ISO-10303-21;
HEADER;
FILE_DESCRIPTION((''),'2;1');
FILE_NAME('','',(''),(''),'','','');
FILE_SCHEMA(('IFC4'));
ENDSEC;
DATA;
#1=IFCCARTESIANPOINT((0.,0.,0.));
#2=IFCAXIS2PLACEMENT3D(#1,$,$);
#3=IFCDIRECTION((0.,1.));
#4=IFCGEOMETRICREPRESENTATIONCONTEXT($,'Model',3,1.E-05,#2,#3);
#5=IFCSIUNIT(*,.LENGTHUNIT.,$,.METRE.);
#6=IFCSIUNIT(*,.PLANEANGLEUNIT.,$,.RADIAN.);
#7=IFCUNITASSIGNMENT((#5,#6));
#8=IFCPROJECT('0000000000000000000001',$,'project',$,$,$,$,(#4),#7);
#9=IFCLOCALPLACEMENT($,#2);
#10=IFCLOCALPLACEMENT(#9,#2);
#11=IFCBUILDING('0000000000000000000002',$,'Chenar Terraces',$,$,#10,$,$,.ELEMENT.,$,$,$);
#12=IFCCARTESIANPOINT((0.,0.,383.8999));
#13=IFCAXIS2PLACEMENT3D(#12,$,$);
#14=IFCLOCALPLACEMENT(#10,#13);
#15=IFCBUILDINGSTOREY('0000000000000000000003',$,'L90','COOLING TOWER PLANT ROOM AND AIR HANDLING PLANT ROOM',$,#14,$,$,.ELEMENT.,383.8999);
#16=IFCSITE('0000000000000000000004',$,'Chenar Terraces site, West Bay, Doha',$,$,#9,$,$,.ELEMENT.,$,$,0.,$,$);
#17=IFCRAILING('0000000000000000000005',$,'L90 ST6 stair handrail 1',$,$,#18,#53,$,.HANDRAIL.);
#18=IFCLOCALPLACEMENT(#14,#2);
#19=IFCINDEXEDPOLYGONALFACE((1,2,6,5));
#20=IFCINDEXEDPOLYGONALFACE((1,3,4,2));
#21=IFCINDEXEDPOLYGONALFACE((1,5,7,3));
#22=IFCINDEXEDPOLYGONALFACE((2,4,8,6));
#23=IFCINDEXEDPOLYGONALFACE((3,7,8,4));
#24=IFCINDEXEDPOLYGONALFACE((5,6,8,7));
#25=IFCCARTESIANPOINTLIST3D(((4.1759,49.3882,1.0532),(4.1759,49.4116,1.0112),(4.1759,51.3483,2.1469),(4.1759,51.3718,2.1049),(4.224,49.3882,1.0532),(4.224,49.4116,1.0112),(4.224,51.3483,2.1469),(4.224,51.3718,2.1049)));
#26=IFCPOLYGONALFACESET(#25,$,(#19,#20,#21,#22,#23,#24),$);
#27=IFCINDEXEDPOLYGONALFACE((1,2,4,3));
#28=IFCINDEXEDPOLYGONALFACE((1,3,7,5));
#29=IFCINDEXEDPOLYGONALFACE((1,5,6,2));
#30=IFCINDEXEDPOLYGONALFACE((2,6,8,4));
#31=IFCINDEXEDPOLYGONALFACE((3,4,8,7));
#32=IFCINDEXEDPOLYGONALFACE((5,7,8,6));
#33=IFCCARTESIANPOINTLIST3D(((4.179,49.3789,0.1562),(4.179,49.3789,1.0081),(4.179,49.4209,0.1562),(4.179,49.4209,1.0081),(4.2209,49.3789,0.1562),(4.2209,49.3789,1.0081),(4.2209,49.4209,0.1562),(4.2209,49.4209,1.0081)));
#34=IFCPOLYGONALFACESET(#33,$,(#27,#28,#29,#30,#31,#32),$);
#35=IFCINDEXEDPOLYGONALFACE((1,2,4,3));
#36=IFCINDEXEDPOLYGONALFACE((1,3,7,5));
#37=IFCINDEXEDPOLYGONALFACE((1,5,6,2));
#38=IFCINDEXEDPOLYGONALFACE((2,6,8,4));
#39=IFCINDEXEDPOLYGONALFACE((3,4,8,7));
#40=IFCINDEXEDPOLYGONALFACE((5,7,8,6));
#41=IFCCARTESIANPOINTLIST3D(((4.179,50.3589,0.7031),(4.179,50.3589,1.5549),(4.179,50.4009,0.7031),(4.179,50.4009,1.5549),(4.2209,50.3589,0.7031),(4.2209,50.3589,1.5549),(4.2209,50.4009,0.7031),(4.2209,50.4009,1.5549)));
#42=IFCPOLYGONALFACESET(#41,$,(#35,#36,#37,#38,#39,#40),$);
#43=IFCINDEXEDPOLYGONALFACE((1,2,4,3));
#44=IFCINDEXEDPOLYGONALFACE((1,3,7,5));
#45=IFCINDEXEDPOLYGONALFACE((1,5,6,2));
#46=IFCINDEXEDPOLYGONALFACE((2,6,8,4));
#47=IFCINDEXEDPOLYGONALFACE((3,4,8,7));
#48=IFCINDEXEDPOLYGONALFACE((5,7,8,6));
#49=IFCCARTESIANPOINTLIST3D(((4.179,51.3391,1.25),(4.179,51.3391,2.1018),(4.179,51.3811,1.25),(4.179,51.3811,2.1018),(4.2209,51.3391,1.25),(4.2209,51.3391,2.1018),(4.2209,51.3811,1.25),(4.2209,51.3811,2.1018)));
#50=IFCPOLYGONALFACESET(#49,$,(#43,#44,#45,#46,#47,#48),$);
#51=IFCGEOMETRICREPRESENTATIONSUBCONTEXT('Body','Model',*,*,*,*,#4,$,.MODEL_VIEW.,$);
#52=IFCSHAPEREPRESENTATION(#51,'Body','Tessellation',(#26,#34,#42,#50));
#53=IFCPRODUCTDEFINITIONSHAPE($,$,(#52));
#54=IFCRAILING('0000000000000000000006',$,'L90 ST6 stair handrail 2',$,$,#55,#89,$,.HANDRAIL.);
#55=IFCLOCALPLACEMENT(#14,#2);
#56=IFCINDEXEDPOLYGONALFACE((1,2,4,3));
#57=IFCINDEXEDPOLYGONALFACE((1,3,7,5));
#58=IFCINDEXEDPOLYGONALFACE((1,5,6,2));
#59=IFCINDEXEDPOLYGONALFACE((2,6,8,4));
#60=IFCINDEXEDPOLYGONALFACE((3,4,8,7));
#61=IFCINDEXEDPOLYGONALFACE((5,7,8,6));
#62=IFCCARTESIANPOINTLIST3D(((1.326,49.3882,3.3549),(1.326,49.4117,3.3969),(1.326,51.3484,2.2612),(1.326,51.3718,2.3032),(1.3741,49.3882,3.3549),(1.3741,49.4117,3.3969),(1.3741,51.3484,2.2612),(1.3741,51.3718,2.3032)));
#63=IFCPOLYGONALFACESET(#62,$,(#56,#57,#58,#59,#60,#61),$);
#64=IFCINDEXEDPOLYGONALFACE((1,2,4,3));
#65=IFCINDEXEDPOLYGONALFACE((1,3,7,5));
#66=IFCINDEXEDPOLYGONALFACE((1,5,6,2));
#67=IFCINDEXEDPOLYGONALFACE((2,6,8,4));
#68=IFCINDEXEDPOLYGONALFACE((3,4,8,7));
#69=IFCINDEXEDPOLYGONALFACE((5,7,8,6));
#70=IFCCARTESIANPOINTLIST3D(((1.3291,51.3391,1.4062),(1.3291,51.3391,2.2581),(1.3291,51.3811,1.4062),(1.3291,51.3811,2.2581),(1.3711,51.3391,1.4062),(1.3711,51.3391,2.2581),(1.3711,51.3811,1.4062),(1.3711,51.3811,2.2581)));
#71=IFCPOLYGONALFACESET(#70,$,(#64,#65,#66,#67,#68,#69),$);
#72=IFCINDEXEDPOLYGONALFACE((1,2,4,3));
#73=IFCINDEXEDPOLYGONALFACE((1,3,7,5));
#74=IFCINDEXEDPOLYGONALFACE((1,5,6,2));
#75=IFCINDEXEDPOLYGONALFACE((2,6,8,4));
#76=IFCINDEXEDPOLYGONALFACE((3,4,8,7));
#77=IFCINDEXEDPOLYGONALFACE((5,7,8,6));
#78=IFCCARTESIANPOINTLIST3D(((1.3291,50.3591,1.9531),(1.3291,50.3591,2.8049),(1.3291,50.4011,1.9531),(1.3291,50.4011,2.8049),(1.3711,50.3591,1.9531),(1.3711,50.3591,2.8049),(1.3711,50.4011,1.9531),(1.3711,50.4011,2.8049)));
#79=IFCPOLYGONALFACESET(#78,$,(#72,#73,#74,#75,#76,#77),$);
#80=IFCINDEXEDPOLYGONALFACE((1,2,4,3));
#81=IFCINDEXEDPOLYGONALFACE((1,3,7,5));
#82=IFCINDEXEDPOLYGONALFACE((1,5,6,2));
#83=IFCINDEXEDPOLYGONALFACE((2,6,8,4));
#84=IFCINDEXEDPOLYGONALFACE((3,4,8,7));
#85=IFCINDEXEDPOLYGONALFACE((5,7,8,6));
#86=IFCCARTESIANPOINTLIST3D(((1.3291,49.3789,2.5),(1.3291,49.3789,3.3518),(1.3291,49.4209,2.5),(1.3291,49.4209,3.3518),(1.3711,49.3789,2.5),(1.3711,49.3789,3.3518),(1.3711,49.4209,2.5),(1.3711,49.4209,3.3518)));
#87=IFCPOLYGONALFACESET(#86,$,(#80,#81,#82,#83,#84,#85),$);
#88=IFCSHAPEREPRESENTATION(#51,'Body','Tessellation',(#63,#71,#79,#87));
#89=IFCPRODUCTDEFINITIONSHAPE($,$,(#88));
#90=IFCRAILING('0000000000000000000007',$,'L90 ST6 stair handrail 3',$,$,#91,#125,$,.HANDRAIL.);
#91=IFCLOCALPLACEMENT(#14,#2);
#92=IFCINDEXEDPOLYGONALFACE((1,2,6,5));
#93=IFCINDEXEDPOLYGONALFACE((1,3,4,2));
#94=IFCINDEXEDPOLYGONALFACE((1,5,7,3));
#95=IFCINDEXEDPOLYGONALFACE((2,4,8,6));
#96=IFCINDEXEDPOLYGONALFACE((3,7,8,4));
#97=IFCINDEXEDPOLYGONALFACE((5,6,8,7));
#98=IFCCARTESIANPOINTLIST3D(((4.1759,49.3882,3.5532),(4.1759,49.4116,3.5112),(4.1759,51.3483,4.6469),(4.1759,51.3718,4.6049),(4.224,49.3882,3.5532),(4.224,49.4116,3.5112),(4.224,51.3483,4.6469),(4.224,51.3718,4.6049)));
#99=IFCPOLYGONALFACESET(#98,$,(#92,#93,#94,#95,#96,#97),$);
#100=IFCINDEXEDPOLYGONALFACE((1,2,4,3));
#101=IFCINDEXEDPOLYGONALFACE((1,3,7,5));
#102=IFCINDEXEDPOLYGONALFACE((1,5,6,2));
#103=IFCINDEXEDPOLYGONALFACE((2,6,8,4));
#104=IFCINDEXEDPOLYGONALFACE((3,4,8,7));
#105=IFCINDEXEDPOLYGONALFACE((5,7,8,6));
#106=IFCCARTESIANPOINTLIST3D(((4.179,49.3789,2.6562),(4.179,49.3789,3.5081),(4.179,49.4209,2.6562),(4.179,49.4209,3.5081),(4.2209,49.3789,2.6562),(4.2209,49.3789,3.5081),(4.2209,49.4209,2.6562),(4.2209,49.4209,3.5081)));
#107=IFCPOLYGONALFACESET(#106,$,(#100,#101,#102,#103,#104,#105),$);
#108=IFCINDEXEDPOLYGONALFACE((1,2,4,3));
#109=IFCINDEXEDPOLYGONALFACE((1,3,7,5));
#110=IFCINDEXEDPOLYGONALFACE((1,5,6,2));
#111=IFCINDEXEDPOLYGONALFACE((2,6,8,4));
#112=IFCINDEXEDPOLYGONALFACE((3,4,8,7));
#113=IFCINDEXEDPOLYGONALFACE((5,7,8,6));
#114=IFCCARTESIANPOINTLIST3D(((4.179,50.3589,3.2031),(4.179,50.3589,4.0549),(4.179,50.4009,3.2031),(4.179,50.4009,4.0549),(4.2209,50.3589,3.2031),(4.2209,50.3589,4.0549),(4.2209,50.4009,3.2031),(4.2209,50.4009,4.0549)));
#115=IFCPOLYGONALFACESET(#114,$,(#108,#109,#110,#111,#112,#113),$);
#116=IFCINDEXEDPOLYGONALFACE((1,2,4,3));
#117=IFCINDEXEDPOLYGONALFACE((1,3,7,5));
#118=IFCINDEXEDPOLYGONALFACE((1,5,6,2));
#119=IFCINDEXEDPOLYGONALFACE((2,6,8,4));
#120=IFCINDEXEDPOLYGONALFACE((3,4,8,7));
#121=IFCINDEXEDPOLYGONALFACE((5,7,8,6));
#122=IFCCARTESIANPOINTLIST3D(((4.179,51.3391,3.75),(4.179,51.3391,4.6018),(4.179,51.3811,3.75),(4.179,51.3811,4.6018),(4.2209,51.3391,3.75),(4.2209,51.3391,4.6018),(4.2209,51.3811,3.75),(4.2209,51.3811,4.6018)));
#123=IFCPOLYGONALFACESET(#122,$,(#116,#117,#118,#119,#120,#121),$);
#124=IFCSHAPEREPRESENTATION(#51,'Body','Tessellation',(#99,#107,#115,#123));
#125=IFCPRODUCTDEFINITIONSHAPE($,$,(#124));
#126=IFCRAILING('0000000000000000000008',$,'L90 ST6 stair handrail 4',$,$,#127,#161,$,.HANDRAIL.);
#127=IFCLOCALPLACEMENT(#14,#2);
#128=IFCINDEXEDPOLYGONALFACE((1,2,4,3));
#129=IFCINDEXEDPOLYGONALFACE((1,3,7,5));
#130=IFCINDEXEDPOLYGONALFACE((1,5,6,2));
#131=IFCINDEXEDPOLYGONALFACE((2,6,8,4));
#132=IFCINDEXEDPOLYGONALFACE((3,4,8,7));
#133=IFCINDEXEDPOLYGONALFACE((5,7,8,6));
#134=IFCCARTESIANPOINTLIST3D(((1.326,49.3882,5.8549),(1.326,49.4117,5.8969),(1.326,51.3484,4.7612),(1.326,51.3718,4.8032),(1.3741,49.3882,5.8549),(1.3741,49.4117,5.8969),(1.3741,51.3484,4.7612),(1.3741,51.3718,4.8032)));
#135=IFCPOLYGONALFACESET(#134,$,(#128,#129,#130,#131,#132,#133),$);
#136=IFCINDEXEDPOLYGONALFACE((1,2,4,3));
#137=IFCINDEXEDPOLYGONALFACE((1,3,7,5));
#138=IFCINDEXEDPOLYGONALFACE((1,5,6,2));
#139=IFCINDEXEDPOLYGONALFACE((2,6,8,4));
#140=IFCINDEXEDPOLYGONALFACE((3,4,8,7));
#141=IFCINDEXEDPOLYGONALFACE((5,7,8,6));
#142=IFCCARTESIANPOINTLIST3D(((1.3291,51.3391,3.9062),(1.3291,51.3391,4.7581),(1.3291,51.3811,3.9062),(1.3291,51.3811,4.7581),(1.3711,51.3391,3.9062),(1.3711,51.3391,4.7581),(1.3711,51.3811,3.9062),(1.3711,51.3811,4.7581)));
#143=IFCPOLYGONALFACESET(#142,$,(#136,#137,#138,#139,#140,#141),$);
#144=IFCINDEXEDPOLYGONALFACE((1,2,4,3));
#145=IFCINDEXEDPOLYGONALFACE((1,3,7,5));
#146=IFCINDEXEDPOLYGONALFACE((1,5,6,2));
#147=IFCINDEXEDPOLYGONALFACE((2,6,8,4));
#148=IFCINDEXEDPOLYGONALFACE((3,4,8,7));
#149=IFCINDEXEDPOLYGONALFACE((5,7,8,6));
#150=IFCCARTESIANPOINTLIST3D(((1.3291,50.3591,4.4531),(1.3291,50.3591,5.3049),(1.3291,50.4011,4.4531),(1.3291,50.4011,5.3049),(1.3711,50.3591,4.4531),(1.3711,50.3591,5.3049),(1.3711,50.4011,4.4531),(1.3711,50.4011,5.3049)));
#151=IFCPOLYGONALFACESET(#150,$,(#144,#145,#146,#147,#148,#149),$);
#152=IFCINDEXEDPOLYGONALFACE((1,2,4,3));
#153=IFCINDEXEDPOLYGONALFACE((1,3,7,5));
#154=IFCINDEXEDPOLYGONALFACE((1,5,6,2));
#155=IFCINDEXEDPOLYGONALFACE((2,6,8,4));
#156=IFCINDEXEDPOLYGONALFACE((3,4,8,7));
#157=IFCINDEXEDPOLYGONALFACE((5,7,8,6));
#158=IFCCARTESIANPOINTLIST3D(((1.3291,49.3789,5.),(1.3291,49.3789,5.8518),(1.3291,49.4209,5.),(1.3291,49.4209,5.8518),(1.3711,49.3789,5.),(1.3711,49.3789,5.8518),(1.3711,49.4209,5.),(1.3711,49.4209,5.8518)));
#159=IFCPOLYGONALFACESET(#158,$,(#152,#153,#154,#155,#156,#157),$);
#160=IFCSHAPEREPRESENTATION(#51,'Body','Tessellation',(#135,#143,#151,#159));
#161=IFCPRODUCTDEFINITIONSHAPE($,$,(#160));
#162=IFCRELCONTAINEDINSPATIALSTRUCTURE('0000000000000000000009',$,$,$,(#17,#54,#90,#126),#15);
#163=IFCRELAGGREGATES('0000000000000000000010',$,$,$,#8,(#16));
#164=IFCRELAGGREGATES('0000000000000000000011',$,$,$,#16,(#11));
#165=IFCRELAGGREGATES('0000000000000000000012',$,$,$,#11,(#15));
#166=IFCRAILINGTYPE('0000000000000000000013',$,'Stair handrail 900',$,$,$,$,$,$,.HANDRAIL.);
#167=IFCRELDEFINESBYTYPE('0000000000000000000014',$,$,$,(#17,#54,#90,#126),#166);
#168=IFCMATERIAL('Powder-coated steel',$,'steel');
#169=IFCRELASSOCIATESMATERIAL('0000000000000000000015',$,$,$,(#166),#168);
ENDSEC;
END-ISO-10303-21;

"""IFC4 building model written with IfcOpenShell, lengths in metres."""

from ifc_helpers import new_model, si_unit, direction, frame, origin, origin_2d, place, context, subcontext, project, spatial, rectangle, extrude, material, type_object, element, save


model = new_model("IFC4")

# Units and contexts
model_context = context("Model", 3, precision=1e-05, world=origin(), true_north=direction((0.0, 1.0)))
body_context = subcontext(model_context, "Body", "Model", "MODEL_VIEW")
ifc_project = project(units=[si_unit("LENGTHUNIT", "METRE"), si_unit("PLANEANGLEUNIT", "RADIAN")], contexts=[model_context])

# Site, building, storey
site_placement = place(None, origin())
site = spatial("IfcSite", under=ifc_project, at=site_placement, Name="Chenar Terraces site, West Bay, Doha", CompositionType="ELEMENT", RefElevation=0.0)
building_placement = place(site_placement, origin())
building = spatial("IfcBuilding", under=site, at=building_placement, Name="Chenar Terraces", CompositionType="ELEMENT")
storey_placement = place(building_placement, frame((0.0, 0.0, 383.8999)))
storey = spatial("IfcBuildingStorey", under=building, at=storey_placement, Name="L90", Description="COOLING TOWER PLANT ROOM AND AIR HANDLING PLANT ROOM", CompositionType="ELEMENT", Elevation=383.8999)

# Railings
ifc_material_1 = material(Name="Powder-coated steel", Category="steel")
railing_type_1 = type_object("IfcRailingType", Name="Stair handrail 900", PredefinedType="HANDRAIL", material=ifc_material_1)
railing_1_placement = place(storey_placement, frame((4.2, 49.3999, 0.1562)))
element("IfcRailing", 1, at=railing_1_placement, inside=storey, type_object=railing_type_1, Name="L90 ST6 stair handrail 1", PredefinedType="HANDRAIL", context=body_context, shape_type="SweptSolid", body=[
    extrude(rectangle(XDim=0.0481, YDim=0.0481, at=origin_2d()), frame((0.0, 0.0, 0.876), z_axis=(0.0, 0.873258, 0.487258), x_axis=(-1.0, 0.0, 0.0)), (0.0, 0.0, 1.0), 2.2446),
    extrude(rectangle(XDim=0.042, YDim=0.042, at=origin_2d()), origin(), (0.0, 0.0, 1.0), 0.8518),
    extrude(rectangle(XDim=0.042, YDim=0.042, at=origin_2d()), frame((0.0, 0.98, 0.5469)), (0.0, 0.0, 1.0), 0.8518),
    extrude(rectangle(XDim=0.042, YDim=0.042, at=origin_2d()), frame((0.0, 1.9602, 1.0938)), (0.0, 0.0, 1.0), 0.8518),
])
railing_2_placement = place(storey_placement, frame((1.3501, 51.3601, 1.4062)))
element("IfcRailing", 2, at=railing_2_placement, inside=storey, type_object=railing_type_1, Name="L90 ST6 stair handrail 2", PredefinedType="HANDRAIL", context=body_context, shape_type="SweptSolid", body=[
    extrude(rectangle(XDim=0.0481, YDim=0.0481, at=origin_2d()), frame((0.0, 0.0, 0.876), z_axis=(0.0, -0.873258, 0.487258), x_axis=(1.0, 0.0, 0.0)), (0.0, 0.0, 1.0), 2.2446),
    extrude(rectangle(XDim=0.042, YDim=0.042, at=origin_2d()), origin(), (0.0, 0.0, 1.0), 0.8518),
    extrude(rectangle(XDim=0.042, YDim=0.042, at=origin_2d()), frame((0.0, -0.98, 0.5469)), (0.0, 0.0, 1.0), 0.8518),
    extrude(rectangle(XDim=0.042, YDim=0.042, at=origin_2d()), frame((0.0, -1.9602, 1.0938)), (0.0, 0.0, 1.0), 0.8518),
])
railing_3_placement = place(storey_placement, frame((4.2, 49.3999, 2.6562)))
element("IfcRailing", 3, at=railing_3_placement, inside=storey, type_object=railing_type_1, Name="L90 ST6 stair handrail 3", PredefinedType="HANDRAIL", context=body_context, shape_type="SweptSolid", body=[
    extrude(rectangle(XDim=0.0481, YDim=0.0481, at=origin_2d()), frame((0.0, 0.0, 0.876), z_axis=(0.0, 0.873258, 0.487258), x_axis=(-1.0, 0.0, 0.0)), (0.0, 0.0, 1.0), 2.2446),
    extrude(rectangle(XDim=0.042, YDim=0.042, at=origin_2d()), origin(), (0.0, 0.0, 1.0), 0.8518),
    extrude(rectangle(XDim=0.042, YDim=0.042, at=origin_2d()), frame((0.0, 0.98, 0.5469)), (0.0, 0.0, 1.0), 0.8518),
    extrude(rectangle(XDim=0.042, YDim=0.042, at=origin_2d()), frame((0.0, 1.9602, 1.0938)), (0.0, 0.0, 1.0), 0.8518),
])
railing_4_placement = place(storey_placement, frame((1.3501, 51.3601, 3.9062)))
element("IfcRailing", 4, at=railing_4_placement, inside=storey, type_object=railing_type_1, Name="L90 ST6 stair handrail 4", PredefinedType="HANDRAIL", context=body_context, shape_type="SweptSolid", body=[
    extrude(rectangle(XDim=0.0481, YDim=0.0481, at=origin_2d()), frame((0.0, 0.0, 0.876), z_axis=(0.0, -0.873258, 0.487258), x_axis=(1.0, 0.0, 0.0)), (0.0, 0.0, 1.0), 2.2446),
    extrude(rectangle(XDim=0.042, YDim=0.042, at=origin_2d()), origin(), (0.0, 0.0, 1.0), 0.8518),
    extrude(rectangle(XDim=0.042, YDim=0.042, at=origin_2d()), frame((0.0, -0.98, 0.5469)), (0.0, 0.0, 1.0), 0.8518),
    extrude(rectangle(XDim=0.042, YDim=0.042, at=origin_2d()), frame((0.0, -1.9602, 1.0938)), (0.0, 0.0, 1.0), 0.8518),
])

save(model, "model.ifc")
